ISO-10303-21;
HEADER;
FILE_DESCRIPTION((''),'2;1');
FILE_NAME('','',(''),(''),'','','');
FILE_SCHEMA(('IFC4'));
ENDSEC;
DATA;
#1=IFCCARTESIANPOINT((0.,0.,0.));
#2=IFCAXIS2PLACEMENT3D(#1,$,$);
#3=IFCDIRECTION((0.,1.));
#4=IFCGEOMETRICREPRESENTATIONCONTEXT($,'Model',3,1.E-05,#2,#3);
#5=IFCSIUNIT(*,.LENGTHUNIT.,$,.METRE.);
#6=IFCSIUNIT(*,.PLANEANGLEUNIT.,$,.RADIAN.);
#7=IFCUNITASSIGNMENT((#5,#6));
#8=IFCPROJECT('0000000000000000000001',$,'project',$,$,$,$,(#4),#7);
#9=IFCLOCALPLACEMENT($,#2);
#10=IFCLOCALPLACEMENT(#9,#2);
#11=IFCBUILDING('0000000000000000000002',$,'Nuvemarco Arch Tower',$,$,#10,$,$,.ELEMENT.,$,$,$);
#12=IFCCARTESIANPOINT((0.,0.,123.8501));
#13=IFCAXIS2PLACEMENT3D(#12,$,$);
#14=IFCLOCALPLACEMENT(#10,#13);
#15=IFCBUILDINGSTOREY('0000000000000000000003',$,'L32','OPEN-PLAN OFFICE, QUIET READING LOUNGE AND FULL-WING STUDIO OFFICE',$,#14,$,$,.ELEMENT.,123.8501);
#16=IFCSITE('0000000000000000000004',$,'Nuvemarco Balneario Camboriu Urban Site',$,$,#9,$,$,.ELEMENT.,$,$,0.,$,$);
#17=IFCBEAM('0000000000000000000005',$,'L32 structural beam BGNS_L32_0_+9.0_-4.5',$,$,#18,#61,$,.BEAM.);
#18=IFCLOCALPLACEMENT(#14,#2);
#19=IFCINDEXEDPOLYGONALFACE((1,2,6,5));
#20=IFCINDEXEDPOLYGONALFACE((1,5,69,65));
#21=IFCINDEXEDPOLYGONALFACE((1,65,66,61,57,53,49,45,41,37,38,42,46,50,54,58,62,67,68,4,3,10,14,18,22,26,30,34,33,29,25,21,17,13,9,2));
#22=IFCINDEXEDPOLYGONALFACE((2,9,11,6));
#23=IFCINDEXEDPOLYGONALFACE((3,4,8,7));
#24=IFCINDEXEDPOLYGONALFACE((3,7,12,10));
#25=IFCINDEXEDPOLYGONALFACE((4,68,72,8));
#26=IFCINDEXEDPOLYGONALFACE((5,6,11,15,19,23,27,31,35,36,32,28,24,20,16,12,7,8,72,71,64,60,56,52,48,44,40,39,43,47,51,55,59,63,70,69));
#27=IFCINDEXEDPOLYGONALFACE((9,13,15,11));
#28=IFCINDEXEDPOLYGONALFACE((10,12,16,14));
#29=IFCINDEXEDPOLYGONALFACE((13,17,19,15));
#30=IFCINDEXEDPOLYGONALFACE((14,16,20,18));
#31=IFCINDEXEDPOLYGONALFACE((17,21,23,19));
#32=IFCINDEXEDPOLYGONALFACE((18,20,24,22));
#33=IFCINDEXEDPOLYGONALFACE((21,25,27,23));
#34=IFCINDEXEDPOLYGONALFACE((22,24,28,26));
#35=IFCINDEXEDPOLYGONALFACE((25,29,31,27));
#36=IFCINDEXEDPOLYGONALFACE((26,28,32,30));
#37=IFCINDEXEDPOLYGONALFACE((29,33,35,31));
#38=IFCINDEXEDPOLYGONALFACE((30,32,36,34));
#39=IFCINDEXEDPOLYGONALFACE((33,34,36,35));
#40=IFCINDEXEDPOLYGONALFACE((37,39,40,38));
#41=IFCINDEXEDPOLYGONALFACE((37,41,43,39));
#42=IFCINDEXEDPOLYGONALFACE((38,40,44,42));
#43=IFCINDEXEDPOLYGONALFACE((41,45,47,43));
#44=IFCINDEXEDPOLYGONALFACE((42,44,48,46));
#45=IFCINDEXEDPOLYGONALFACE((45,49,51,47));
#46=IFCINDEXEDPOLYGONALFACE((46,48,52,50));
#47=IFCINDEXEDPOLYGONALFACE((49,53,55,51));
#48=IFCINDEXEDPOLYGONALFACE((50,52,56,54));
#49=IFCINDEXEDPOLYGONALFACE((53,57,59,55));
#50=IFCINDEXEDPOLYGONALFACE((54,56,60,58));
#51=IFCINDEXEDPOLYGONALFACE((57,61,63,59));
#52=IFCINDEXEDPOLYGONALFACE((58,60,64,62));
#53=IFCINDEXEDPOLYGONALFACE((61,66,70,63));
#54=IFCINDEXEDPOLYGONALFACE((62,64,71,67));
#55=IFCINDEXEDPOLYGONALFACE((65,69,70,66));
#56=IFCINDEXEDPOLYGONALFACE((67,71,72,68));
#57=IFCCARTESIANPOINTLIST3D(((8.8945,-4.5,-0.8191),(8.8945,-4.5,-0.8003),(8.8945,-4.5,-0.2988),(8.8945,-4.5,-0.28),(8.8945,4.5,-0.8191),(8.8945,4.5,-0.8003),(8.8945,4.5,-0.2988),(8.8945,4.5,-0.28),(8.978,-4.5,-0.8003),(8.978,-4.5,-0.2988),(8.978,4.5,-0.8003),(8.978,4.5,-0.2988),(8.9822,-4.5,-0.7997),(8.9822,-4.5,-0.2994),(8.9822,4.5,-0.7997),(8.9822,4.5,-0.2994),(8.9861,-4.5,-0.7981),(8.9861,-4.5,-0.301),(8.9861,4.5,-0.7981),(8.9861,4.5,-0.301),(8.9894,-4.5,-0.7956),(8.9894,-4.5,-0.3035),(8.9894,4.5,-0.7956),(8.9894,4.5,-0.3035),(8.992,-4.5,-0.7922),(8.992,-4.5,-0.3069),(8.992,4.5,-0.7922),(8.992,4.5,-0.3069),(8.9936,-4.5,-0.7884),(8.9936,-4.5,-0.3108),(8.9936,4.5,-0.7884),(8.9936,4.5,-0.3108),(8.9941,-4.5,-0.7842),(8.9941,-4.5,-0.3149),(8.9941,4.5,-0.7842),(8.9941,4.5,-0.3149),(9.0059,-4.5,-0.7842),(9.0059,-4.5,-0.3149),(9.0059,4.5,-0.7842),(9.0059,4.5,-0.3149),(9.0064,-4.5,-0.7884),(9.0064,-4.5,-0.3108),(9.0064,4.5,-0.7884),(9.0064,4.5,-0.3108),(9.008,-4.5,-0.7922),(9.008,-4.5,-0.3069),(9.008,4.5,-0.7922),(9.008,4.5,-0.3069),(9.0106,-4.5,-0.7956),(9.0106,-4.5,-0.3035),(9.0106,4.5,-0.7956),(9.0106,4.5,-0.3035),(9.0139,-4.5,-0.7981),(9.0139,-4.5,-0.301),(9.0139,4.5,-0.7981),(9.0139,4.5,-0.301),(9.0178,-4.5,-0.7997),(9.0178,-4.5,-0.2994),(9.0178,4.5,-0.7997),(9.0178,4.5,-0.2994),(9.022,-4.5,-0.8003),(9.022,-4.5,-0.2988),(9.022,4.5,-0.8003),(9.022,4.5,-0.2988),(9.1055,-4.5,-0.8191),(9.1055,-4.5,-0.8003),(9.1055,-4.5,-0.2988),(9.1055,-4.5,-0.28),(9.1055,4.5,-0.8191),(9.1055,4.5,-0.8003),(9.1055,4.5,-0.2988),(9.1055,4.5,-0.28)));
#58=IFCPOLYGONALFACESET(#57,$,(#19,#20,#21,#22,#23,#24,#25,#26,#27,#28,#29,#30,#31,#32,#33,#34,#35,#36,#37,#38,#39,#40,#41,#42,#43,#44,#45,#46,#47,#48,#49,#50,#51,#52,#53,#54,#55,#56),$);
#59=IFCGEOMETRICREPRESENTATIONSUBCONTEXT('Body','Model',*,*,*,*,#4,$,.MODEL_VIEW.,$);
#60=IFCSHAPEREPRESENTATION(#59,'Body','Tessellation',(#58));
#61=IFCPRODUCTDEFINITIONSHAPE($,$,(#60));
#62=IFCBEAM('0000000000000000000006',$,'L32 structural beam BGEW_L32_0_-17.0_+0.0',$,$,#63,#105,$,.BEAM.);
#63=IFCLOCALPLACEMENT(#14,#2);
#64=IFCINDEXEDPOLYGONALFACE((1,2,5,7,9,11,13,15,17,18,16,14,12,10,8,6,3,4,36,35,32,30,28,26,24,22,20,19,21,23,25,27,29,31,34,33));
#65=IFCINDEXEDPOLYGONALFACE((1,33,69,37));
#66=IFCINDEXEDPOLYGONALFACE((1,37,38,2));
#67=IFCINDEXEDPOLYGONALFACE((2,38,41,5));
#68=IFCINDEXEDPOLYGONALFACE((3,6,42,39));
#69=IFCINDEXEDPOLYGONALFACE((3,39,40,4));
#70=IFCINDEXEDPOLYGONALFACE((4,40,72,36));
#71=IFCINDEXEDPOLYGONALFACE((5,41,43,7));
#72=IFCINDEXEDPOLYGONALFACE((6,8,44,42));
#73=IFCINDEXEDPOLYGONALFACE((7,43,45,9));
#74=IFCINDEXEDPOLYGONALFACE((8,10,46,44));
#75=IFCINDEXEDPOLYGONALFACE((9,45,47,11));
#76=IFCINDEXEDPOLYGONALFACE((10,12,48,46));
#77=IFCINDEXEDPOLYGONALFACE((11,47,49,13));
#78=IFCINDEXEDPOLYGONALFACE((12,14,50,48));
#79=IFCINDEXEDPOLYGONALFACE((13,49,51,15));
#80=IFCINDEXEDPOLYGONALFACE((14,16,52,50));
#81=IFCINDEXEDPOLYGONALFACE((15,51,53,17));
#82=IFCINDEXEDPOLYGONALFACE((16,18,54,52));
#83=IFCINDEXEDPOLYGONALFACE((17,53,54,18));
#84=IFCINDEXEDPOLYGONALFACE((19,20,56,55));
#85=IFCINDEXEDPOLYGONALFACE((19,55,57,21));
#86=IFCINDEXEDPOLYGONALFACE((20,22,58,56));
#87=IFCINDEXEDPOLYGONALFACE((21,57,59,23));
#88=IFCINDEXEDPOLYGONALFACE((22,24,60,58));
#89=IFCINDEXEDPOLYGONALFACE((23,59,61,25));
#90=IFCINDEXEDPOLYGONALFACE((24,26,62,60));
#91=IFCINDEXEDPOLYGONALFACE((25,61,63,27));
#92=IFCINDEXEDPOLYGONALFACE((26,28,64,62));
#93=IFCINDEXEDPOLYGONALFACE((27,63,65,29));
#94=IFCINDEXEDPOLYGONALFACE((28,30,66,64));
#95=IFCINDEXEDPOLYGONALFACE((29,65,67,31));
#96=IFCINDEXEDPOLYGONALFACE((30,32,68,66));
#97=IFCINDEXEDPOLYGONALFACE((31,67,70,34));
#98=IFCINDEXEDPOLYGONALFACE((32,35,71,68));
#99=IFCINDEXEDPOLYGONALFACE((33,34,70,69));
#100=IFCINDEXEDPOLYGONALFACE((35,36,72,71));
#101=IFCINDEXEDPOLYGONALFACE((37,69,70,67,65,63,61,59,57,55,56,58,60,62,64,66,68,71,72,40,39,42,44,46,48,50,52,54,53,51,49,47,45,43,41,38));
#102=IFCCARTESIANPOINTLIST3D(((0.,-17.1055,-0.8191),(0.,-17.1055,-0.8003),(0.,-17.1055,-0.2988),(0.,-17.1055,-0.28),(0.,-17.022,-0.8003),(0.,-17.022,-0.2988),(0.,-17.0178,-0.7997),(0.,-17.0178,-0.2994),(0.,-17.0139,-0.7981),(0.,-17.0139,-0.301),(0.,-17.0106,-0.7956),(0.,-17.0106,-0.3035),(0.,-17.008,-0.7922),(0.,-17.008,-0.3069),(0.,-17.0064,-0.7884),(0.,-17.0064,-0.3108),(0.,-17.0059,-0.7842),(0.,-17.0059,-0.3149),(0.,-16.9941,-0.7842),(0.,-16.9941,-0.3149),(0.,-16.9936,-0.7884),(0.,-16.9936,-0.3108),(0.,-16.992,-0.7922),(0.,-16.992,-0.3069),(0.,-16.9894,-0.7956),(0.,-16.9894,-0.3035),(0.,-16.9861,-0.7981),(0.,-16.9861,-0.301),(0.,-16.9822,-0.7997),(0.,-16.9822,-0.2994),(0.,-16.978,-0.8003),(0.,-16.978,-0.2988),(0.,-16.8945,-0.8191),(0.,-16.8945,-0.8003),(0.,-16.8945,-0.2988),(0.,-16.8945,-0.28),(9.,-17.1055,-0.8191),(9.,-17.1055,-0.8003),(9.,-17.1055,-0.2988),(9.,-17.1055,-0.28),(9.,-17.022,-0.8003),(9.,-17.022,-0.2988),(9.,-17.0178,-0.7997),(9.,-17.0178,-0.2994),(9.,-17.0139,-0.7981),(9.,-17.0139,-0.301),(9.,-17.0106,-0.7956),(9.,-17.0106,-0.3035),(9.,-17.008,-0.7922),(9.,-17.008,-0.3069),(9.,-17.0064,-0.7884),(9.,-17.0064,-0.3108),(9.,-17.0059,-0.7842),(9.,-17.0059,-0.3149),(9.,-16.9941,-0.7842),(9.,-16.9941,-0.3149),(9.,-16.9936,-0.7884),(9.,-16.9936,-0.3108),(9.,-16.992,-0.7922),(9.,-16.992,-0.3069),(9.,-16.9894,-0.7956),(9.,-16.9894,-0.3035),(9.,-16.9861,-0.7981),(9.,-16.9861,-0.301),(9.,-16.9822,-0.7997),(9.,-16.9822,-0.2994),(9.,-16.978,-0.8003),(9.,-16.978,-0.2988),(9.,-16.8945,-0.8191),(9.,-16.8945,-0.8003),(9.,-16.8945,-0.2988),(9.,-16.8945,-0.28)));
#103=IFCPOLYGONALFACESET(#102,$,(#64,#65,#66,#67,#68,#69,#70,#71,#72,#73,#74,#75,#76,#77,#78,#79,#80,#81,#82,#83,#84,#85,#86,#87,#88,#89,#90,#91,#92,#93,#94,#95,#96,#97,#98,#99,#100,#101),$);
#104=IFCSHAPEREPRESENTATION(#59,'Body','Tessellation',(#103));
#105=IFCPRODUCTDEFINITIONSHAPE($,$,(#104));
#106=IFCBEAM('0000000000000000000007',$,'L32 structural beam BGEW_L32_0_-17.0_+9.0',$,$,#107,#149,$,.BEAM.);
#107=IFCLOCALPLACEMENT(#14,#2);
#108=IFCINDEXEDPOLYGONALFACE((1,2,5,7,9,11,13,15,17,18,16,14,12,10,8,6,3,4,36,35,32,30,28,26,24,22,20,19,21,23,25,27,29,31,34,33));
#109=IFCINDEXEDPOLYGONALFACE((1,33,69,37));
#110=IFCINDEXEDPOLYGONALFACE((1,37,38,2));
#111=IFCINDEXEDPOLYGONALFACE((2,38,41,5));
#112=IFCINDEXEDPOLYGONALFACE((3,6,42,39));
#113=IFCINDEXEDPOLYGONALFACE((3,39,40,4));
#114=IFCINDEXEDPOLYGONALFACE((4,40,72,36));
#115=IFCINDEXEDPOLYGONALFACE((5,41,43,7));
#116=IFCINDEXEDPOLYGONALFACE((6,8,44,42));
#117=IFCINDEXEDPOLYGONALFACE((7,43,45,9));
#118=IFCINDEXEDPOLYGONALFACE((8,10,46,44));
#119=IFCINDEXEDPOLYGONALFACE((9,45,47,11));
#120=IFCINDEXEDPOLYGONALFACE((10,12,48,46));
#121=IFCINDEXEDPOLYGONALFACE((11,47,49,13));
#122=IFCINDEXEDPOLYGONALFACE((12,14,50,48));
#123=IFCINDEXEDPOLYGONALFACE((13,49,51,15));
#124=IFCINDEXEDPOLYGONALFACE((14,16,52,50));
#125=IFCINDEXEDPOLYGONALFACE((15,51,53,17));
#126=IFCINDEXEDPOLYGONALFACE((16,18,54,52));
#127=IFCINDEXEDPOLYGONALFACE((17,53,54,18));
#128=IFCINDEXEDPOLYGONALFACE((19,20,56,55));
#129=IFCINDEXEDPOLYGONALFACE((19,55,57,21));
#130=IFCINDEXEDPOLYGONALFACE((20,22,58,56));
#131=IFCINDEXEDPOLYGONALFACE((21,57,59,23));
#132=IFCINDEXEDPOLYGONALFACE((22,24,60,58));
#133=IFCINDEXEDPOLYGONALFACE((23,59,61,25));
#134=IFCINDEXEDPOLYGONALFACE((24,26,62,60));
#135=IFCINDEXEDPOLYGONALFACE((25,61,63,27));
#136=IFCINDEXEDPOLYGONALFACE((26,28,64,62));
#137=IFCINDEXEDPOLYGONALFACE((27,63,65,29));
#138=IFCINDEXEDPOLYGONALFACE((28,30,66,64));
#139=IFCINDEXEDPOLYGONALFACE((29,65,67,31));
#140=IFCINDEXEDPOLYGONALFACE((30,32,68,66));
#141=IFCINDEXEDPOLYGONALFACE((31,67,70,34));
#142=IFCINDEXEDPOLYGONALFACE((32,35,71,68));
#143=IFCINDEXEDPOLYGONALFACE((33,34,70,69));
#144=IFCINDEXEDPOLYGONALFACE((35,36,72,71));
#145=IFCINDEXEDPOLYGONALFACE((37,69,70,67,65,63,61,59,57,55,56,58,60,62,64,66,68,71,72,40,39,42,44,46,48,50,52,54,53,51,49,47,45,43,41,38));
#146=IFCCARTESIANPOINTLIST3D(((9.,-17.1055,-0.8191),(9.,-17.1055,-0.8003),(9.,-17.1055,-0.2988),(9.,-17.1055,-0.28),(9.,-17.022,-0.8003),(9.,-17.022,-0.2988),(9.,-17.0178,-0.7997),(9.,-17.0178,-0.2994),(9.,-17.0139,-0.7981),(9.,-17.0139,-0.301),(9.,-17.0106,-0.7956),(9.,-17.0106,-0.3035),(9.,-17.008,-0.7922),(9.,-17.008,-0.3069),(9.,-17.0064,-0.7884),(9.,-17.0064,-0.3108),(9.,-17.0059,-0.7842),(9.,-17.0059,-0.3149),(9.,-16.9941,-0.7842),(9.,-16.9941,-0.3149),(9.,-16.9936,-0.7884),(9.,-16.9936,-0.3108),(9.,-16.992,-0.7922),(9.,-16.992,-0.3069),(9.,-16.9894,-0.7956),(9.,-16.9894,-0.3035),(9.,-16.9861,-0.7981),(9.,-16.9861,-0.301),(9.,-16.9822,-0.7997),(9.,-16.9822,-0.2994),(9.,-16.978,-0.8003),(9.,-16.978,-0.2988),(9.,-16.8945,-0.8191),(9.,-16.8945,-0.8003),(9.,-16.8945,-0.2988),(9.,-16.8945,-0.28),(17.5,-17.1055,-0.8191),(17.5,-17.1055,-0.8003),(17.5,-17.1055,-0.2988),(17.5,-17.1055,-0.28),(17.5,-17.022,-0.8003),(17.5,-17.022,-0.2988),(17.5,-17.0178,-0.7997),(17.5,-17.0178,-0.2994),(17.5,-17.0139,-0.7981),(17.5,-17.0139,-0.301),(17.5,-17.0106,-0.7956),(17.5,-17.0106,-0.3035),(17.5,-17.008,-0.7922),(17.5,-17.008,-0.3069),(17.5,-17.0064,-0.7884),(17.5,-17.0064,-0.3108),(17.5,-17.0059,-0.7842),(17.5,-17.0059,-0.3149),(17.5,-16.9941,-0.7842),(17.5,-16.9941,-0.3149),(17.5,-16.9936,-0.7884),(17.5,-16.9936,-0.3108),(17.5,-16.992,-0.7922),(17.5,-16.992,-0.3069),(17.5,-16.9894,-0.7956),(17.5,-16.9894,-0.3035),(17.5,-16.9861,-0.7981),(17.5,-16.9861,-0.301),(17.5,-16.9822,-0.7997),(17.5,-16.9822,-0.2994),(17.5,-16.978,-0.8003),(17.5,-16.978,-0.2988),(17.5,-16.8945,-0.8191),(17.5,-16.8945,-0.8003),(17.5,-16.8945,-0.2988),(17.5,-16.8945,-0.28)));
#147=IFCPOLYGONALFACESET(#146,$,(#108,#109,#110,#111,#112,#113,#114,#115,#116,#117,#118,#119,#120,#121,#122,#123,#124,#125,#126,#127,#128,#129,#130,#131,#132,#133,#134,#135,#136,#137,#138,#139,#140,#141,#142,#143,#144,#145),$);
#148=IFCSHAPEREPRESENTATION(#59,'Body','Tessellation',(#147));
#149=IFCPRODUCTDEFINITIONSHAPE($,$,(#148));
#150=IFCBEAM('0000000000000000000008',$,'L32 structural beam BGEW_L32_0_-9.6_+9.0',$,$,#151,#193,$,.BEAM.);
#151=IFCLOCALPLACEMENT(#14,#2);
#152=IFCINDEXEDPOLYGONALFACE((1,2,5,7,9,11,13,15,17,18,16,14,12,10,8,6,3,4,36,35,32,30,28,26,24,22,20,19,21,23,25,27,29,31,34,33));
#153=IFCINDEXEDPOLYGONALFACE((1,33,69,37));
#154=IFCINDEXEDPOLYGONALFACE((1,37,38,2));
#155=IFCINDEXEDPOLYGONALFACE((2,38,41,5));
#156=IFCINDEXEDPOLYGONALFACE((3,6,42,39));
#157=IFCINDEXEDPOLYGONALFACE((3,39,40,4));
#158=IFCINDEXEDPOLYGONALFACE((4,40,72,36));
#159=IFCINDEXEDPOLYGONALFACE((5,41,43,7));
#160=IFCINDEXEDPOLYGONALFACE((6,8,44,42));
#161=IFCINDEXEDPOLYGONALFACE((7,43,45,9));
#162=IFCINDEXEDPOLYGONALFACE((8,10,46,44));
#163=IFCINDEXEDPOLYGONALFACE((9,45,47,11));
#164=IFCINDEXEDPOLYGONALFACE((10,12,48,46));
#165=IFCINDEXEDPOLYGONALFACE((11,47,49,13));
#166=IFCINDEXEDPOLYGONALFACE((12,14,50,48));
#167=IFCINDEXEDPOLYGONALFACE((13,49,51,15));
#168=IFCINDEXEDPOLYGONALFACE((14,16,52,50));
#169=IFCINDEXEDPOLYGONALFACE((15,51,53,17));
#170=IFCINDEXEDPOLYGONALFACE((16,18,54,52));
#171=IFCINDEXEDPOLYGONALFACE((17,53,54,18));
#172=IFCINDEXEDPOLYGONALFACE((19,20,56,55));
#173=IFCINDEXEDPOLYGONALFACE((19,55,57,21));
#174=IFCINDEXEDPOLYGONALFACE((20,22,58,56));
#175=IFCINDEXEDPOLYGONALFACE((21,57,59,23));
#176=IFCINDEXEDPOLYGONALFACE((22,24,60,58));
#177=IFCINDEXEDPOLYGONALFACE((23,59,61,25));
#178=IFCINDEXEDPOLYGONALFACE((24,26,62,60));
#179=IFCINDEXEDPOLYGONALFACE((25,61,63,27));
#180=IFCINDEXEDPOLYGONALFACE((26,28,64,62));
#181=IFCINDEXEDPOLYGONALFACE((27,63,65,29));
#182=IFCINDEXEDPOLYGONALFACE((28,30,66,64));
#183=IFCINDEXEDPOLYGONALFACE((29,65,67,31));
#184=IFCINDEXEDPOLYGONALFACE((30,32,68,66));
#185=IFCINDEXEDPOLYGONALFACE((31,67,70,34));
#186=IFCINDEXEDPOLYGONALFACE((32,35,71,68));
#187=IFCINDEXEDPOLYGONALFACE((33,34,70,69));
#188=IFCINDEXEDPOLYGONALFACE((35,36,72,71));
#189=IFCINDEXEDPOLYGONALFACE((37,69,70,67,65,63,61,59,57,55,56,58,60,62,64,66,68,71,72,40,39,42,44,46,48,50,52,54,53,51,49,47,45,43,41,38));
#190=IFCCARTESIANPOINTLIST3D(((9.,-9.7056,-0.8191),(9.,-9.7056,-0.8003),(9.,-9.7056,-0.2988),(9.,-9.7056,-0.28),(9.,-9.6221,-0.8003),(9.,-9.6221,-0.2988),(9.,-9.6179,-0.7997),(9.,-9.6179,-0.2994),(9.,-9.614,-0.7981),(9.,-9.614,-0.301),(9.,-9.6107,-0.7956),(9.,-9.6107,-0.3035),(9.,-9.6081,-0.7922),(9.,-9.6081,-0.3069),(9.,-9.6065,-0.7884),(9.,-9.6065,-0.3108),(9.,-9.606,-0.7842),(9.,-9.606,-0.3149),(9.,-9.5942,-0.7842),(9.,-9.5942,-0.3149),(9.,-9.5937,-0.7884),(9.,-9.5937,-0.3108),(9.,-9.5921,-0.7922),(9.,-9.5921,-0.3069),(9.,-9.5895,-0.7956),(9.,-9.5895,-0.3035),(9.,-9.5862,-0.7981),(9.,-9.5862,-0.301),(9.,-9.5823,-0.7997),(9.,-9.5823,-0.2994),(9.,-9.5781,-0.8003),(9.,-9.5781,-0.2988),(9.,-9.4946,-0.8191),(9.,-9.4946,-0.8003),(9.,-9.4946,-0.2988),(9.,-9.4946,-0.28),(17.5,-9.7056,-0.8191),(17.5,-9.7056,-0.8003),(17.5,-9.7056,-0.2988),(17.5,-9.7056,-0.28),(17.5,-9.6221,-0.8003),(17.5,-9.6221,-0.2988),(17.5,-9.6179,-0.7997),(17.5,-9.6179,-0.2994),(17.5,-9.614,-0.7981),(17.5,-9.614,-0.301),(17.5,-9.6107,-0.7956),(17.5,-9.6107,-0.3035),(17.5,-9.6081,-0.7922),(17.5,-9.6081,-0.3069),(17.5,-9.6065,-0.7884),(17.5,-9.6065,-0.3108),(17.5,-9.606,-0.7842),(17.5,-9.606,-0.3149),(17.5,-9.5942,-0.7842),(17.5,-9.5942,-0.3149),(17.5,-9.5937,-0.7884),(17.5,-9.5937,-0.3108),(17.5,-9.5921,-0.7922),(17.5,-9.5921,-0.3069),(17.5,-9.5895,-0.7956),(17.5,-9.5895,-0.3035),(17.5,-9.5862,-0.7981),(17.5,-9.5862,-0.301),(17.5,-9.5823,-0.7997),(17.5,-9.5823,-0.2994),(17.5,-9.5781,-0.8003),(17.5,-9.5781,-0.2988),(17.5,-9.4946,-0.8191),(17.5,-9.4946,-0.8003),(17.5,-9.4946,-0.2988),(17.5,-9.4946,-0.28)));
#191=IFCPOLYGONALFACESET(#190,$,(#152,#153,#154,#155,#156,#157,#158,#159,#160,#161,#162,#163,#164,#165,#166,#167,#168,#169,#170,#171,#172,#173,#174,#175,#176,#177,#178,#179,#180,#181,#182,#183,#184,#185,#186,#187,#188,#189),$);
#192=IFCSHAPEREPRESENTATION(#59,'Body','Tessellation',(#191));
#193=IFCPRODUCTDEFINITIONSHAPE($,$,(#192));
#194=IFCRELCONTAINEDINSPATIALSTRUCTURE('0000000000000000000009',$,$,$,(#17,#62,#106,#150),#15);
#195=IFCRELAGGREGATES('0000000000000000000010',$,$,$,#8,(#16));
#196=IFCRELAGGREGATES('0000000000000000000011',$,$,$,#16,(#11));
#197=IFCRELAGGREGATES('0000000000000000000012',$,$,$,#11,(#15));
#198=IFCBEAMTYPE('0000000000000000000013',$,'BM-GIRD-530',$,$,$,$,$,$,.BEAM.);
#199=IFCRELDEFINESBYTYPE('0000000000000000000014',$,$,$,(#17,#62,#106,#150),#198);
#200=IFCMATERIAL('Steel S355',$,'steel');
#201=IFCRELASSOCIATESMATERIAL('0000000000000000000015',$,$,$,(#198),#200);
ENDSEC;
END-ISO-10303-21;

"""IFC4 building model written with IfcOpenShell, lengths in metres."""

from ifc_helpers import new_model, si_unit, direction, frame, origin, origin_2d, place, context, subcontext, project, spatial, i_section, extrude, material, material_profile, profile_set, type_object, element, save


model = new_model("IFC4")

# Units and contexts
model_context = context("Model", 3, precision=1e-05, world=origin(), true_north=direction((0.0, 1.0)))
body_context = subcontext(model_context, "Body", "Model", "MODEL_VIEW")
ifc_project = project(units=[si_unit("LENGTHUNIT", "METRE"), si_unit("PLANEANGLEUNIT", "RADIAN")], contexts=[model_context])

# Site, building, storey
site_placement = place(None, origin())
site = spatial("IfcSite", under=ifc_project, at=site_placement, Name="Nuvemarco Balneario Camboriu Urban Site", CompositionType="ELEMENT", RefElevation=0.0)
building_placement = place(site_placement, origin())
building = spatial("IfcBuilding", under=site, at=building_placement, Name="Nuvemarco Arch Tower", CompositionType="ELEMENT")
storey_placement = place(building_placement, frame((0.0, 0.0, 123.8501)))
storey = spatial("IfcBuildingStorey", under=building, at=storey_placement, Name="L32", Description="OPEN-PLAN OFFICE, QUIET READING LOUNGE AND FULL-WING STUDIO OFFICE", CompositionType="ELEMENT", Elevation=123.8501)

# Shared definitions
ifc_material_1 = material(Name="Steel S355", Category="steel")

# Beams
ifc_material_profile_1 = material_profile(ifc_material_1, i_section(OverallWidth=0.2109, OverallDepth=0.5391, WebThickness=0.0117, FlangeThickness=0.0188, FilletRadius=0.0161, at=origin_2d()), Name="W530x109")
ifc_profile_set_1 = profile_set([ifc_material_profile_1], Name="Steel S355")
beam_type_1 = type_object("IfcBeamType", Name="BM-GIRD-530", PredefinedType="BEAM", material=ifc_profile_set_1)
for number, where, z_axis, x_axis, name in (
    (1, (9.0, -4.5, -0.5496), (0.0, 1.0, 0.0), (-1.0, 0.0, 0.0), "L32 structural beam BGNS_L32_0_+9.0_-4.5"),
    (2, (0.0, -17.0, -0.5496), (1.0, 0.0, 0.0), (0.0, 1.0, 0.0), "L32 structural beam BGEW_L32_0_-17.0_+0.0"),
):
    element("IfcBeam", number, at=place(storey_placement, frame(where, z_axis=z_axis, x_axis=x_axis)), inside=storey, type_object=beam_type_1, Name=name, PredefinedType="BEAM", context=body_context, shape_type="SweptSolid", body=[
        extrude(i_section(OverallWidth=0.2109, OverallDepth=0.5391, WebThickness=0.0117, FlangeThickness=0.0188, FilletRadius=0.0161, at=origin_2d()), origin(), (0.0, 0.0, 1.0), 9.0),
    ])
for number, where, z_axis, x_axis, name in (
    (3, (9.0, -17.0, -0.5496), (1.0, 0.0, 0.0), (0.0, 1.0, 0.0), "L32 structural beam BGEW_L32_0_-17.0_+9.0"),
    (4, (9.0, -9.6001, -0.5496), (1.0, 0.0, 0.0), (0.0, 1.0, 0.0), "L32 structural beam BGEW_L32_0_-9.6_+9.0"),
):
    element("IfcBeam", number, at=place(storey_placement, frame(where, z_axis=z_axis, x_axis=x_axis)), inside=storey, type_object=beam_type_1, Name=name, PredefinedType="BEAM", context=body_context, shape_type="SweptSolid", body=[
        extrude(i_section(OverallWidth=0.2109, OverallDepth=0.5391, WebThickness=0.0117, FlangeThickness=0.0188, FilletRadius=0.0161, at=origin_2d()), origin(), (0.0, 0.0, 1.0), 8.5),
    ])

save(model, "model.ifc")
